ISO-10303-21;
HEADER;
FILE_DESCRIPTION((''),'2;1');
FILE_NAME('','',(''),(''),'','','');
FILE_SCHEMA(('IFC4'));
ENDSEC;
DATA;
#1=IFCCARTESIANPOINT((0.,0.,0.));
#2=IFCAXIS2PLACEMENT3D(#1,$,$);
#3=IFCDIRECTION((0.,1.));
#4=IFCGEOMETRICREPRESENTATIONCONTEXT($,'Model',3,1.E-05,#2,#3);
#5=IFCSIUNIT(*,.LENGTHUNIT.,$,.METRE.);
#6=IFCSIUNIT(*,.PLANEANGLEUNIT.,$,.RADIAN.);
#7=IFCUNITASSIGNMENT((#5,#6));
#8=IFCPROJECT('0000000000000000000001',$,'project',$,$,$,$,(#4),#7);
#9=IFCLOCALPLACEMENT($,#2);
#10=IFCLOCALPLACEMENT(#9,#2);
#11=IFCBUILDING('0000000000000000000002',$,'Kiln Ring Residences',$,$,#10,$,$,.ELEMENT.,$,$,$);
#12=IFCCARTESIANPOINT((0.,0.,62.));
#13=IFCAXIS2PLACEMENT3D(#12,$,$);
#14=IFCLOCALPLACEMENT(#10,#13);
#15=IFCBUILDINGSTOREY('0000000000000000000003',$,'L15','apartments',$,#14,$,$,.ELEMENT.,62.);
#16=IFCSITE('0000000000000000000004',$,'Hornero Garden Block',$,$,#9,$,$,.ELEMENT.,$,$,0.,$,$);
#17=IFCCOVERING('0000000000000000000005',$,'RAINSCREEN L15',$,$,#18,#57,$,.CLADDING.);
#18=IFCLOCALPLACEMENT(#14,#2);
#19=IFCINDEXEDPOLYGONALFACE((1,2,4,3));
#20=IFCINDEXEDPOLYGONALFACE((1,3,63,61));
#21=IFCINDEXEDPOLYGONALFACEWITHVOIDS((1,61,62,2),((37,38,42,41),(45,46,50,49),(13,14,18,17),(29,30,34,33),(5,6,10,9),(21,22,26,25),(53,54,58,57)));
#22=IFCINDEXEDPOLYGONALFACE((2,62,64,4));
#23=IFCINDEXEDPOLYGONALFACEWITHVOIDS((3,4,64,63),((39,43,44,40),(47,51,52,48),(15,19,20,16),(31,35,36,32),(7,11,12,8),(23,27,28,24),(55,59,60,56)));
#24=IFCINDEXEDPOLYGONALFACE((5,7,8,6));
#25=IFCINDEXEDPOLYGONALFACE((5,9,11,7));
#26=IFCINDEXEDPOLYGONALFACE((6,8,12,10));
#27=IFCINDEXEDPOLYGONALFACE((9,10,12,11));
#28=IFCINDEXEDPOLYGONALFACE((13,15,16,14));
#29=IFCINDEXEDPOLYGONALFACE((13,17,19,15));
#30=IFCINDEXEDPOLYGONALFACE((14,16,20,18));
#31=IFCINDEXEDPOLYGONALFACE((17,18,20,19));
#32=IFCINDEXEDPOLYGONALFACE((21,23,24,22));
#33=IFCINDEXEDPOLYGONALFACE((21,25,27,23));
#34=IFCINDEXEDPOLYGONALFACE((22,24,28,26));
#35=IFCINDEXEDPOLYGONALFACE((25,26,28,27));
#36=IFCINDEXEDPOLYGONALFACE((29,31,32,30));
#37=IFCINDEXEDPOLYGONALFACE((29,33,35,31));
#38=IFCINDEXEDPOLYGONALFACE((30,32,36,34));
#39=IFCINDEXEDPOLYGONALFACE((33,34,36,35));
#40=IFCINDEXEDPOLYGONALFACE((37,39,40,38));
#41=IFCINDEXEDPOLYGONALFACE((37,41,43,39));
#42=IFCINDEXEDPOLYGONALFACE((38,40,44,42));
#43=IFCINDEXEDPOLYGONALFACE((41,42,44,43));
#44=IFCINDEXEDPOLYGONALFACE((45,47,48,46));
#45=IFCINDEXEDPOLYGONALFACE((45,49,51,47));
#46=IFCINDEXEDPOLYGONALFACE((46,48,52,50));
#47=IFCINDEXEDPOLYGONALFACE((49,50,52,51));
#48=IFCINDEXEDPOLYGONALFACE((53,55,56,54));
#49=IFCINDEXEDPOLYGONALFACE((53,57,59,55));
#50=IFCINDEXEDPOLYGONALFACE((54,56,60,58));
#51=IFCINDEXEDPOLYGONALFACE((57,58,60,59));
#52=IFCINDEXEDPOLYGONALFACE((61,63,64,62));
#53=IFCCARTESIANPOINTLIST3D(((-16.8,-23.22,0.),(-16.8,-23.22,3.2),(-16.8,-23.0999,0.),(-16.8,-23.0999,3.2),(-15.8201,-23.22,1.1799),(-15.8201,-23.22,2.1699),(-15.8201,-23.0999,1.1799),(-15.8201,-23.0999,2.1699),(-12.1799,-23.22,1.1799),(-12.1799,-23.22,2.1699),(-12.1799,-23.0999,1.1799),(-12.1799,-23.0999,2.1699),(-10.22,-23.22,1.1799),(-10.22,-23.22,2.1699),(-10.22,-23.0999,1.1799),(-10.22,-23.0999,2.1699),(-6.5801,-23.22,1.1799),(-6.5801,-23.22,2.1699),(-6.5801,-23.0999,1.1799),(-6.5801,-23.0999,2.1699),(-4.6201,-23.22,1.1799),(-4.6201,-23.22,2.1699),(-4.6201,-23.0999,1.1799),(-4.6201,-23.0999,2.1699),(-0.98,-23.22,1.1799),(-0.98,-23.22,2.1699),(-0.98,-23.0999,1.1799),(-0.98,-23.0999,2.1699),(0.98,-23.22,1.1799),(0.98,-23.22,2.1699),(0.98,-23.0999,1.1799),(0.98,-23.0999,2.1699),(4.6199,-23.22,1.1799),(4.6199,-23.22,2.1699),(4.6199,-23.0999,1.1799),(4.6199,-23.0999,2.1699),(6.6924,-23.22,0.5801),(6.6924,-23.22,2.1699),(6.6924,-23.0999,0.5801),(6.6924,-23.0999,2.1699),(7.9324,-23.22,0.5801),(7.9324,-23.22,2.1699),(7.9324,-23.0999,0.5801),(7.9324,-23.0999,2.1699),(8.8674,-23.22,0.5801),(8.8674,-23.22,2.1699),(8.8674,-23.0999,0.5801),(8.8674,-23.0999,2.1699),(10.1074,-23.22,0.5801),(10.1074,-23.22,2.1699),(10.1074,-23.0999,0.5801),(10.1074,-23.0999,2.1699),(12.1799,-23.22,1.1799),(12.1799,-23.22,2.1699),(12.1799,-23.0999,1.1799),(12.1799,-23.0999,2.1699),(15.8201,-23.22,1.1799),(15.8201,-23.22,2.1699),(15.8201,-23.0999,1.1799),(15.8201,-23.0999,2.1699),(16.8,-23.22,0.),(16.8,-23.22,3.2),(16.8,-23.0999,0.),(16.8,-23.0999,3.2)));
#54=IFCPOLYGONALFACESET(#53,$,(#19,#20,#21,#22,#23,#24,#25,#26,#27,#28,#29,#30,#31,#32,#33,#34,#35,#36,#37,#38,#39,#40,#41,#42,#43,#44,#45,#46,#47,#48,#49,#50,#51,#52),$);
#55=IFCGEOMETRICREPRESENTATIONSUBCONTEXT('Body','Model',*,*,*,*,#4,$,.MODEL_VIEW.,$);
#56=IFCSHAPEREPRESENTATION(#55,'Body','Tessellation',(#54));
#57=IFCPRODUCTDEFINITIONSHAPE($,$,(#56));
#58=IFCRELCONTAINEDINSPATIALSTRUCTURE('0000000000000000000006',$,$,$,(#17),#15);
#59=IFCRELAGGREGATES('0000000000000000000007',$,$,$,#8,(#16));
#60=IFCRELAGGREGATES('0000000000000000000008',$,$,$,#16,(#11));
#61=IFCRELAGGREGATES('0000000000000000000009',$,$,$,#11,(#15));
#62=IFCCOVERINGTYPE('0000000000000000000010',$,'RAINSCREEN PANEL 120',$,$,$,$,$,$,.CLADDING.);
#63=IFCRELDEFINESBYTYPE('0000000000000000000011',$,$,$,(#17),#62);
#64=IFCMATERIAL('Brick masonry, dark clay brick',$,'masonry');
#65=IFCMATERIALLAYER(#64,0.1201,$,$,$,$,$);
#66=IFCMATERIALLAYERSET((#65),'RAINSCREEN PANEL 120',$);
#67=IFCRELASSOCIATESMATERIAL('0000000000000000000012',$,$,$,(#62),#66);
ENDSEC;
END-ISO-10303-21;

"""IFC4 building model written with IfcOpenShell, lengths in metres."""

from ifc_helpers import new_model, si_unit, direction, frame, origin, place, context, subcontext, project, spatial, polyline, outline, extrude, material, layer, layer_set, type_object, element, save


model = new_model("IFC4")

# Units and contexts
model_context = context("Model", 3, precision=1e-05, world=origin(), true_north=direction((0.0, 1.0)))
body_context = subcontext(model_context, "Body", "Model", "MODEL_VIEW")
ifc_project = project(units=[si_unit("LENGTHUNIT", "METRE"), si_unit("PLANEANGLEUNIT", "RADIAN")], contexts=[model_context])

# Site, building, storey
site_placement = place(None, origin())
site = spatial("IfcSite", under=ifc_project, at=site_placement, Name="Hornero Garden Block", CompositionType="ELEMENT", RefElevation=0.0)
building_placement = place(site_placement, origin())
building = spatial("IfcBuilding", under=site, at=building_placement, Name="Kiln Ring Residences", CompositionType="ELEMENT")
storey_placement = place(building_placement, frame((0.0, 0.0, 62.0)))
storey = spatial("IfcBuildingStorey", under=building, at=storey_placement, Name="L15", Description="apartments", CompositionType="ELEMENT", Elevation=62.0)

# Covering
ifc_material_1 = material(Name="Brick masonry, dark clay brick", Category="masonry")
ifc_layer_1 = layer(ifc_material_1, 0.1201)
ifc_layer_set_1 = layer_set([ifc_layer_1], Name="RAINSCREEN PANEL 120")
covering_type = type_object("IfcCoveringType", Name="RAINSCREEN PANEL 120", PredefinedType="CLADDING", material=ifc_layer_set_1)
covering_placement = place(storey_placement, frame((-16.8, -23.1599, 0.0), z_axis=(0.0, 0.0, 1.0), x_axis=(1.0, 0.0, 0.0)))
element("IfcCovering", 1, at=covering_placement, inside=storey, type_object=covering_type, Name="RAINSCREEN L15", PredefinedType="CLADDING", context=body_context, shape_type="SweptSolid", body=[
    extrude(outline(polyline([(0.0, 0.0), (33.6001, 0.0), (33.6001, 3.2), (0.0, 3.2), (0.0, 0.0)]), holes=[polyline([(24.7324, 0.5801), (24.7324, 2.1699), (23.4924, 2.1699), (23.4924, 0.5801), (24.7324, 0.5801)]), polyline([(25.6675, 0.5801), (26.9075, 0.5801), (26.9075, 2.1699), (25.6675, 2.1699), (25.6675, 0.5801)]), polyline([(0.98, 1.1799), (4.6201, 1.1799), (4.6201, 2.1699), (0.98, 2.1699), (0.98, 1.1799)]), polyline([(6.5801, 1.1799), (10.22, 1.1799), (10.22, 2.1699), (6.5801, 2.1699), (6.5801, 1.1799)]), polyline([(12.1799, 1.1799), (15.8201, 1.1799), (15.8201, 2.1699), (12.1799, 2.1699), (12.1799, 1.1799)]), polyline([(17.78, 1.1799), (21.4199, 1.1799), (21.4199, 2.1699), (17.78, 2.1699), (17.78, 1.1799)]), polyline([(28.98, 1.1799), (32.6201, 1.1799), (32.6201, 2.1699), (28.98, 2.1699), (28.98, 1.1799)])]), frame((0.0, 0.0601, 0.0), z_axis=(0.0, -1.0, 0.0), x_axis=(1.0, 0.0, 0.0)), (0.0, 0.0, 1.0), 0.1201),
])

save(model, "model.ifc")
